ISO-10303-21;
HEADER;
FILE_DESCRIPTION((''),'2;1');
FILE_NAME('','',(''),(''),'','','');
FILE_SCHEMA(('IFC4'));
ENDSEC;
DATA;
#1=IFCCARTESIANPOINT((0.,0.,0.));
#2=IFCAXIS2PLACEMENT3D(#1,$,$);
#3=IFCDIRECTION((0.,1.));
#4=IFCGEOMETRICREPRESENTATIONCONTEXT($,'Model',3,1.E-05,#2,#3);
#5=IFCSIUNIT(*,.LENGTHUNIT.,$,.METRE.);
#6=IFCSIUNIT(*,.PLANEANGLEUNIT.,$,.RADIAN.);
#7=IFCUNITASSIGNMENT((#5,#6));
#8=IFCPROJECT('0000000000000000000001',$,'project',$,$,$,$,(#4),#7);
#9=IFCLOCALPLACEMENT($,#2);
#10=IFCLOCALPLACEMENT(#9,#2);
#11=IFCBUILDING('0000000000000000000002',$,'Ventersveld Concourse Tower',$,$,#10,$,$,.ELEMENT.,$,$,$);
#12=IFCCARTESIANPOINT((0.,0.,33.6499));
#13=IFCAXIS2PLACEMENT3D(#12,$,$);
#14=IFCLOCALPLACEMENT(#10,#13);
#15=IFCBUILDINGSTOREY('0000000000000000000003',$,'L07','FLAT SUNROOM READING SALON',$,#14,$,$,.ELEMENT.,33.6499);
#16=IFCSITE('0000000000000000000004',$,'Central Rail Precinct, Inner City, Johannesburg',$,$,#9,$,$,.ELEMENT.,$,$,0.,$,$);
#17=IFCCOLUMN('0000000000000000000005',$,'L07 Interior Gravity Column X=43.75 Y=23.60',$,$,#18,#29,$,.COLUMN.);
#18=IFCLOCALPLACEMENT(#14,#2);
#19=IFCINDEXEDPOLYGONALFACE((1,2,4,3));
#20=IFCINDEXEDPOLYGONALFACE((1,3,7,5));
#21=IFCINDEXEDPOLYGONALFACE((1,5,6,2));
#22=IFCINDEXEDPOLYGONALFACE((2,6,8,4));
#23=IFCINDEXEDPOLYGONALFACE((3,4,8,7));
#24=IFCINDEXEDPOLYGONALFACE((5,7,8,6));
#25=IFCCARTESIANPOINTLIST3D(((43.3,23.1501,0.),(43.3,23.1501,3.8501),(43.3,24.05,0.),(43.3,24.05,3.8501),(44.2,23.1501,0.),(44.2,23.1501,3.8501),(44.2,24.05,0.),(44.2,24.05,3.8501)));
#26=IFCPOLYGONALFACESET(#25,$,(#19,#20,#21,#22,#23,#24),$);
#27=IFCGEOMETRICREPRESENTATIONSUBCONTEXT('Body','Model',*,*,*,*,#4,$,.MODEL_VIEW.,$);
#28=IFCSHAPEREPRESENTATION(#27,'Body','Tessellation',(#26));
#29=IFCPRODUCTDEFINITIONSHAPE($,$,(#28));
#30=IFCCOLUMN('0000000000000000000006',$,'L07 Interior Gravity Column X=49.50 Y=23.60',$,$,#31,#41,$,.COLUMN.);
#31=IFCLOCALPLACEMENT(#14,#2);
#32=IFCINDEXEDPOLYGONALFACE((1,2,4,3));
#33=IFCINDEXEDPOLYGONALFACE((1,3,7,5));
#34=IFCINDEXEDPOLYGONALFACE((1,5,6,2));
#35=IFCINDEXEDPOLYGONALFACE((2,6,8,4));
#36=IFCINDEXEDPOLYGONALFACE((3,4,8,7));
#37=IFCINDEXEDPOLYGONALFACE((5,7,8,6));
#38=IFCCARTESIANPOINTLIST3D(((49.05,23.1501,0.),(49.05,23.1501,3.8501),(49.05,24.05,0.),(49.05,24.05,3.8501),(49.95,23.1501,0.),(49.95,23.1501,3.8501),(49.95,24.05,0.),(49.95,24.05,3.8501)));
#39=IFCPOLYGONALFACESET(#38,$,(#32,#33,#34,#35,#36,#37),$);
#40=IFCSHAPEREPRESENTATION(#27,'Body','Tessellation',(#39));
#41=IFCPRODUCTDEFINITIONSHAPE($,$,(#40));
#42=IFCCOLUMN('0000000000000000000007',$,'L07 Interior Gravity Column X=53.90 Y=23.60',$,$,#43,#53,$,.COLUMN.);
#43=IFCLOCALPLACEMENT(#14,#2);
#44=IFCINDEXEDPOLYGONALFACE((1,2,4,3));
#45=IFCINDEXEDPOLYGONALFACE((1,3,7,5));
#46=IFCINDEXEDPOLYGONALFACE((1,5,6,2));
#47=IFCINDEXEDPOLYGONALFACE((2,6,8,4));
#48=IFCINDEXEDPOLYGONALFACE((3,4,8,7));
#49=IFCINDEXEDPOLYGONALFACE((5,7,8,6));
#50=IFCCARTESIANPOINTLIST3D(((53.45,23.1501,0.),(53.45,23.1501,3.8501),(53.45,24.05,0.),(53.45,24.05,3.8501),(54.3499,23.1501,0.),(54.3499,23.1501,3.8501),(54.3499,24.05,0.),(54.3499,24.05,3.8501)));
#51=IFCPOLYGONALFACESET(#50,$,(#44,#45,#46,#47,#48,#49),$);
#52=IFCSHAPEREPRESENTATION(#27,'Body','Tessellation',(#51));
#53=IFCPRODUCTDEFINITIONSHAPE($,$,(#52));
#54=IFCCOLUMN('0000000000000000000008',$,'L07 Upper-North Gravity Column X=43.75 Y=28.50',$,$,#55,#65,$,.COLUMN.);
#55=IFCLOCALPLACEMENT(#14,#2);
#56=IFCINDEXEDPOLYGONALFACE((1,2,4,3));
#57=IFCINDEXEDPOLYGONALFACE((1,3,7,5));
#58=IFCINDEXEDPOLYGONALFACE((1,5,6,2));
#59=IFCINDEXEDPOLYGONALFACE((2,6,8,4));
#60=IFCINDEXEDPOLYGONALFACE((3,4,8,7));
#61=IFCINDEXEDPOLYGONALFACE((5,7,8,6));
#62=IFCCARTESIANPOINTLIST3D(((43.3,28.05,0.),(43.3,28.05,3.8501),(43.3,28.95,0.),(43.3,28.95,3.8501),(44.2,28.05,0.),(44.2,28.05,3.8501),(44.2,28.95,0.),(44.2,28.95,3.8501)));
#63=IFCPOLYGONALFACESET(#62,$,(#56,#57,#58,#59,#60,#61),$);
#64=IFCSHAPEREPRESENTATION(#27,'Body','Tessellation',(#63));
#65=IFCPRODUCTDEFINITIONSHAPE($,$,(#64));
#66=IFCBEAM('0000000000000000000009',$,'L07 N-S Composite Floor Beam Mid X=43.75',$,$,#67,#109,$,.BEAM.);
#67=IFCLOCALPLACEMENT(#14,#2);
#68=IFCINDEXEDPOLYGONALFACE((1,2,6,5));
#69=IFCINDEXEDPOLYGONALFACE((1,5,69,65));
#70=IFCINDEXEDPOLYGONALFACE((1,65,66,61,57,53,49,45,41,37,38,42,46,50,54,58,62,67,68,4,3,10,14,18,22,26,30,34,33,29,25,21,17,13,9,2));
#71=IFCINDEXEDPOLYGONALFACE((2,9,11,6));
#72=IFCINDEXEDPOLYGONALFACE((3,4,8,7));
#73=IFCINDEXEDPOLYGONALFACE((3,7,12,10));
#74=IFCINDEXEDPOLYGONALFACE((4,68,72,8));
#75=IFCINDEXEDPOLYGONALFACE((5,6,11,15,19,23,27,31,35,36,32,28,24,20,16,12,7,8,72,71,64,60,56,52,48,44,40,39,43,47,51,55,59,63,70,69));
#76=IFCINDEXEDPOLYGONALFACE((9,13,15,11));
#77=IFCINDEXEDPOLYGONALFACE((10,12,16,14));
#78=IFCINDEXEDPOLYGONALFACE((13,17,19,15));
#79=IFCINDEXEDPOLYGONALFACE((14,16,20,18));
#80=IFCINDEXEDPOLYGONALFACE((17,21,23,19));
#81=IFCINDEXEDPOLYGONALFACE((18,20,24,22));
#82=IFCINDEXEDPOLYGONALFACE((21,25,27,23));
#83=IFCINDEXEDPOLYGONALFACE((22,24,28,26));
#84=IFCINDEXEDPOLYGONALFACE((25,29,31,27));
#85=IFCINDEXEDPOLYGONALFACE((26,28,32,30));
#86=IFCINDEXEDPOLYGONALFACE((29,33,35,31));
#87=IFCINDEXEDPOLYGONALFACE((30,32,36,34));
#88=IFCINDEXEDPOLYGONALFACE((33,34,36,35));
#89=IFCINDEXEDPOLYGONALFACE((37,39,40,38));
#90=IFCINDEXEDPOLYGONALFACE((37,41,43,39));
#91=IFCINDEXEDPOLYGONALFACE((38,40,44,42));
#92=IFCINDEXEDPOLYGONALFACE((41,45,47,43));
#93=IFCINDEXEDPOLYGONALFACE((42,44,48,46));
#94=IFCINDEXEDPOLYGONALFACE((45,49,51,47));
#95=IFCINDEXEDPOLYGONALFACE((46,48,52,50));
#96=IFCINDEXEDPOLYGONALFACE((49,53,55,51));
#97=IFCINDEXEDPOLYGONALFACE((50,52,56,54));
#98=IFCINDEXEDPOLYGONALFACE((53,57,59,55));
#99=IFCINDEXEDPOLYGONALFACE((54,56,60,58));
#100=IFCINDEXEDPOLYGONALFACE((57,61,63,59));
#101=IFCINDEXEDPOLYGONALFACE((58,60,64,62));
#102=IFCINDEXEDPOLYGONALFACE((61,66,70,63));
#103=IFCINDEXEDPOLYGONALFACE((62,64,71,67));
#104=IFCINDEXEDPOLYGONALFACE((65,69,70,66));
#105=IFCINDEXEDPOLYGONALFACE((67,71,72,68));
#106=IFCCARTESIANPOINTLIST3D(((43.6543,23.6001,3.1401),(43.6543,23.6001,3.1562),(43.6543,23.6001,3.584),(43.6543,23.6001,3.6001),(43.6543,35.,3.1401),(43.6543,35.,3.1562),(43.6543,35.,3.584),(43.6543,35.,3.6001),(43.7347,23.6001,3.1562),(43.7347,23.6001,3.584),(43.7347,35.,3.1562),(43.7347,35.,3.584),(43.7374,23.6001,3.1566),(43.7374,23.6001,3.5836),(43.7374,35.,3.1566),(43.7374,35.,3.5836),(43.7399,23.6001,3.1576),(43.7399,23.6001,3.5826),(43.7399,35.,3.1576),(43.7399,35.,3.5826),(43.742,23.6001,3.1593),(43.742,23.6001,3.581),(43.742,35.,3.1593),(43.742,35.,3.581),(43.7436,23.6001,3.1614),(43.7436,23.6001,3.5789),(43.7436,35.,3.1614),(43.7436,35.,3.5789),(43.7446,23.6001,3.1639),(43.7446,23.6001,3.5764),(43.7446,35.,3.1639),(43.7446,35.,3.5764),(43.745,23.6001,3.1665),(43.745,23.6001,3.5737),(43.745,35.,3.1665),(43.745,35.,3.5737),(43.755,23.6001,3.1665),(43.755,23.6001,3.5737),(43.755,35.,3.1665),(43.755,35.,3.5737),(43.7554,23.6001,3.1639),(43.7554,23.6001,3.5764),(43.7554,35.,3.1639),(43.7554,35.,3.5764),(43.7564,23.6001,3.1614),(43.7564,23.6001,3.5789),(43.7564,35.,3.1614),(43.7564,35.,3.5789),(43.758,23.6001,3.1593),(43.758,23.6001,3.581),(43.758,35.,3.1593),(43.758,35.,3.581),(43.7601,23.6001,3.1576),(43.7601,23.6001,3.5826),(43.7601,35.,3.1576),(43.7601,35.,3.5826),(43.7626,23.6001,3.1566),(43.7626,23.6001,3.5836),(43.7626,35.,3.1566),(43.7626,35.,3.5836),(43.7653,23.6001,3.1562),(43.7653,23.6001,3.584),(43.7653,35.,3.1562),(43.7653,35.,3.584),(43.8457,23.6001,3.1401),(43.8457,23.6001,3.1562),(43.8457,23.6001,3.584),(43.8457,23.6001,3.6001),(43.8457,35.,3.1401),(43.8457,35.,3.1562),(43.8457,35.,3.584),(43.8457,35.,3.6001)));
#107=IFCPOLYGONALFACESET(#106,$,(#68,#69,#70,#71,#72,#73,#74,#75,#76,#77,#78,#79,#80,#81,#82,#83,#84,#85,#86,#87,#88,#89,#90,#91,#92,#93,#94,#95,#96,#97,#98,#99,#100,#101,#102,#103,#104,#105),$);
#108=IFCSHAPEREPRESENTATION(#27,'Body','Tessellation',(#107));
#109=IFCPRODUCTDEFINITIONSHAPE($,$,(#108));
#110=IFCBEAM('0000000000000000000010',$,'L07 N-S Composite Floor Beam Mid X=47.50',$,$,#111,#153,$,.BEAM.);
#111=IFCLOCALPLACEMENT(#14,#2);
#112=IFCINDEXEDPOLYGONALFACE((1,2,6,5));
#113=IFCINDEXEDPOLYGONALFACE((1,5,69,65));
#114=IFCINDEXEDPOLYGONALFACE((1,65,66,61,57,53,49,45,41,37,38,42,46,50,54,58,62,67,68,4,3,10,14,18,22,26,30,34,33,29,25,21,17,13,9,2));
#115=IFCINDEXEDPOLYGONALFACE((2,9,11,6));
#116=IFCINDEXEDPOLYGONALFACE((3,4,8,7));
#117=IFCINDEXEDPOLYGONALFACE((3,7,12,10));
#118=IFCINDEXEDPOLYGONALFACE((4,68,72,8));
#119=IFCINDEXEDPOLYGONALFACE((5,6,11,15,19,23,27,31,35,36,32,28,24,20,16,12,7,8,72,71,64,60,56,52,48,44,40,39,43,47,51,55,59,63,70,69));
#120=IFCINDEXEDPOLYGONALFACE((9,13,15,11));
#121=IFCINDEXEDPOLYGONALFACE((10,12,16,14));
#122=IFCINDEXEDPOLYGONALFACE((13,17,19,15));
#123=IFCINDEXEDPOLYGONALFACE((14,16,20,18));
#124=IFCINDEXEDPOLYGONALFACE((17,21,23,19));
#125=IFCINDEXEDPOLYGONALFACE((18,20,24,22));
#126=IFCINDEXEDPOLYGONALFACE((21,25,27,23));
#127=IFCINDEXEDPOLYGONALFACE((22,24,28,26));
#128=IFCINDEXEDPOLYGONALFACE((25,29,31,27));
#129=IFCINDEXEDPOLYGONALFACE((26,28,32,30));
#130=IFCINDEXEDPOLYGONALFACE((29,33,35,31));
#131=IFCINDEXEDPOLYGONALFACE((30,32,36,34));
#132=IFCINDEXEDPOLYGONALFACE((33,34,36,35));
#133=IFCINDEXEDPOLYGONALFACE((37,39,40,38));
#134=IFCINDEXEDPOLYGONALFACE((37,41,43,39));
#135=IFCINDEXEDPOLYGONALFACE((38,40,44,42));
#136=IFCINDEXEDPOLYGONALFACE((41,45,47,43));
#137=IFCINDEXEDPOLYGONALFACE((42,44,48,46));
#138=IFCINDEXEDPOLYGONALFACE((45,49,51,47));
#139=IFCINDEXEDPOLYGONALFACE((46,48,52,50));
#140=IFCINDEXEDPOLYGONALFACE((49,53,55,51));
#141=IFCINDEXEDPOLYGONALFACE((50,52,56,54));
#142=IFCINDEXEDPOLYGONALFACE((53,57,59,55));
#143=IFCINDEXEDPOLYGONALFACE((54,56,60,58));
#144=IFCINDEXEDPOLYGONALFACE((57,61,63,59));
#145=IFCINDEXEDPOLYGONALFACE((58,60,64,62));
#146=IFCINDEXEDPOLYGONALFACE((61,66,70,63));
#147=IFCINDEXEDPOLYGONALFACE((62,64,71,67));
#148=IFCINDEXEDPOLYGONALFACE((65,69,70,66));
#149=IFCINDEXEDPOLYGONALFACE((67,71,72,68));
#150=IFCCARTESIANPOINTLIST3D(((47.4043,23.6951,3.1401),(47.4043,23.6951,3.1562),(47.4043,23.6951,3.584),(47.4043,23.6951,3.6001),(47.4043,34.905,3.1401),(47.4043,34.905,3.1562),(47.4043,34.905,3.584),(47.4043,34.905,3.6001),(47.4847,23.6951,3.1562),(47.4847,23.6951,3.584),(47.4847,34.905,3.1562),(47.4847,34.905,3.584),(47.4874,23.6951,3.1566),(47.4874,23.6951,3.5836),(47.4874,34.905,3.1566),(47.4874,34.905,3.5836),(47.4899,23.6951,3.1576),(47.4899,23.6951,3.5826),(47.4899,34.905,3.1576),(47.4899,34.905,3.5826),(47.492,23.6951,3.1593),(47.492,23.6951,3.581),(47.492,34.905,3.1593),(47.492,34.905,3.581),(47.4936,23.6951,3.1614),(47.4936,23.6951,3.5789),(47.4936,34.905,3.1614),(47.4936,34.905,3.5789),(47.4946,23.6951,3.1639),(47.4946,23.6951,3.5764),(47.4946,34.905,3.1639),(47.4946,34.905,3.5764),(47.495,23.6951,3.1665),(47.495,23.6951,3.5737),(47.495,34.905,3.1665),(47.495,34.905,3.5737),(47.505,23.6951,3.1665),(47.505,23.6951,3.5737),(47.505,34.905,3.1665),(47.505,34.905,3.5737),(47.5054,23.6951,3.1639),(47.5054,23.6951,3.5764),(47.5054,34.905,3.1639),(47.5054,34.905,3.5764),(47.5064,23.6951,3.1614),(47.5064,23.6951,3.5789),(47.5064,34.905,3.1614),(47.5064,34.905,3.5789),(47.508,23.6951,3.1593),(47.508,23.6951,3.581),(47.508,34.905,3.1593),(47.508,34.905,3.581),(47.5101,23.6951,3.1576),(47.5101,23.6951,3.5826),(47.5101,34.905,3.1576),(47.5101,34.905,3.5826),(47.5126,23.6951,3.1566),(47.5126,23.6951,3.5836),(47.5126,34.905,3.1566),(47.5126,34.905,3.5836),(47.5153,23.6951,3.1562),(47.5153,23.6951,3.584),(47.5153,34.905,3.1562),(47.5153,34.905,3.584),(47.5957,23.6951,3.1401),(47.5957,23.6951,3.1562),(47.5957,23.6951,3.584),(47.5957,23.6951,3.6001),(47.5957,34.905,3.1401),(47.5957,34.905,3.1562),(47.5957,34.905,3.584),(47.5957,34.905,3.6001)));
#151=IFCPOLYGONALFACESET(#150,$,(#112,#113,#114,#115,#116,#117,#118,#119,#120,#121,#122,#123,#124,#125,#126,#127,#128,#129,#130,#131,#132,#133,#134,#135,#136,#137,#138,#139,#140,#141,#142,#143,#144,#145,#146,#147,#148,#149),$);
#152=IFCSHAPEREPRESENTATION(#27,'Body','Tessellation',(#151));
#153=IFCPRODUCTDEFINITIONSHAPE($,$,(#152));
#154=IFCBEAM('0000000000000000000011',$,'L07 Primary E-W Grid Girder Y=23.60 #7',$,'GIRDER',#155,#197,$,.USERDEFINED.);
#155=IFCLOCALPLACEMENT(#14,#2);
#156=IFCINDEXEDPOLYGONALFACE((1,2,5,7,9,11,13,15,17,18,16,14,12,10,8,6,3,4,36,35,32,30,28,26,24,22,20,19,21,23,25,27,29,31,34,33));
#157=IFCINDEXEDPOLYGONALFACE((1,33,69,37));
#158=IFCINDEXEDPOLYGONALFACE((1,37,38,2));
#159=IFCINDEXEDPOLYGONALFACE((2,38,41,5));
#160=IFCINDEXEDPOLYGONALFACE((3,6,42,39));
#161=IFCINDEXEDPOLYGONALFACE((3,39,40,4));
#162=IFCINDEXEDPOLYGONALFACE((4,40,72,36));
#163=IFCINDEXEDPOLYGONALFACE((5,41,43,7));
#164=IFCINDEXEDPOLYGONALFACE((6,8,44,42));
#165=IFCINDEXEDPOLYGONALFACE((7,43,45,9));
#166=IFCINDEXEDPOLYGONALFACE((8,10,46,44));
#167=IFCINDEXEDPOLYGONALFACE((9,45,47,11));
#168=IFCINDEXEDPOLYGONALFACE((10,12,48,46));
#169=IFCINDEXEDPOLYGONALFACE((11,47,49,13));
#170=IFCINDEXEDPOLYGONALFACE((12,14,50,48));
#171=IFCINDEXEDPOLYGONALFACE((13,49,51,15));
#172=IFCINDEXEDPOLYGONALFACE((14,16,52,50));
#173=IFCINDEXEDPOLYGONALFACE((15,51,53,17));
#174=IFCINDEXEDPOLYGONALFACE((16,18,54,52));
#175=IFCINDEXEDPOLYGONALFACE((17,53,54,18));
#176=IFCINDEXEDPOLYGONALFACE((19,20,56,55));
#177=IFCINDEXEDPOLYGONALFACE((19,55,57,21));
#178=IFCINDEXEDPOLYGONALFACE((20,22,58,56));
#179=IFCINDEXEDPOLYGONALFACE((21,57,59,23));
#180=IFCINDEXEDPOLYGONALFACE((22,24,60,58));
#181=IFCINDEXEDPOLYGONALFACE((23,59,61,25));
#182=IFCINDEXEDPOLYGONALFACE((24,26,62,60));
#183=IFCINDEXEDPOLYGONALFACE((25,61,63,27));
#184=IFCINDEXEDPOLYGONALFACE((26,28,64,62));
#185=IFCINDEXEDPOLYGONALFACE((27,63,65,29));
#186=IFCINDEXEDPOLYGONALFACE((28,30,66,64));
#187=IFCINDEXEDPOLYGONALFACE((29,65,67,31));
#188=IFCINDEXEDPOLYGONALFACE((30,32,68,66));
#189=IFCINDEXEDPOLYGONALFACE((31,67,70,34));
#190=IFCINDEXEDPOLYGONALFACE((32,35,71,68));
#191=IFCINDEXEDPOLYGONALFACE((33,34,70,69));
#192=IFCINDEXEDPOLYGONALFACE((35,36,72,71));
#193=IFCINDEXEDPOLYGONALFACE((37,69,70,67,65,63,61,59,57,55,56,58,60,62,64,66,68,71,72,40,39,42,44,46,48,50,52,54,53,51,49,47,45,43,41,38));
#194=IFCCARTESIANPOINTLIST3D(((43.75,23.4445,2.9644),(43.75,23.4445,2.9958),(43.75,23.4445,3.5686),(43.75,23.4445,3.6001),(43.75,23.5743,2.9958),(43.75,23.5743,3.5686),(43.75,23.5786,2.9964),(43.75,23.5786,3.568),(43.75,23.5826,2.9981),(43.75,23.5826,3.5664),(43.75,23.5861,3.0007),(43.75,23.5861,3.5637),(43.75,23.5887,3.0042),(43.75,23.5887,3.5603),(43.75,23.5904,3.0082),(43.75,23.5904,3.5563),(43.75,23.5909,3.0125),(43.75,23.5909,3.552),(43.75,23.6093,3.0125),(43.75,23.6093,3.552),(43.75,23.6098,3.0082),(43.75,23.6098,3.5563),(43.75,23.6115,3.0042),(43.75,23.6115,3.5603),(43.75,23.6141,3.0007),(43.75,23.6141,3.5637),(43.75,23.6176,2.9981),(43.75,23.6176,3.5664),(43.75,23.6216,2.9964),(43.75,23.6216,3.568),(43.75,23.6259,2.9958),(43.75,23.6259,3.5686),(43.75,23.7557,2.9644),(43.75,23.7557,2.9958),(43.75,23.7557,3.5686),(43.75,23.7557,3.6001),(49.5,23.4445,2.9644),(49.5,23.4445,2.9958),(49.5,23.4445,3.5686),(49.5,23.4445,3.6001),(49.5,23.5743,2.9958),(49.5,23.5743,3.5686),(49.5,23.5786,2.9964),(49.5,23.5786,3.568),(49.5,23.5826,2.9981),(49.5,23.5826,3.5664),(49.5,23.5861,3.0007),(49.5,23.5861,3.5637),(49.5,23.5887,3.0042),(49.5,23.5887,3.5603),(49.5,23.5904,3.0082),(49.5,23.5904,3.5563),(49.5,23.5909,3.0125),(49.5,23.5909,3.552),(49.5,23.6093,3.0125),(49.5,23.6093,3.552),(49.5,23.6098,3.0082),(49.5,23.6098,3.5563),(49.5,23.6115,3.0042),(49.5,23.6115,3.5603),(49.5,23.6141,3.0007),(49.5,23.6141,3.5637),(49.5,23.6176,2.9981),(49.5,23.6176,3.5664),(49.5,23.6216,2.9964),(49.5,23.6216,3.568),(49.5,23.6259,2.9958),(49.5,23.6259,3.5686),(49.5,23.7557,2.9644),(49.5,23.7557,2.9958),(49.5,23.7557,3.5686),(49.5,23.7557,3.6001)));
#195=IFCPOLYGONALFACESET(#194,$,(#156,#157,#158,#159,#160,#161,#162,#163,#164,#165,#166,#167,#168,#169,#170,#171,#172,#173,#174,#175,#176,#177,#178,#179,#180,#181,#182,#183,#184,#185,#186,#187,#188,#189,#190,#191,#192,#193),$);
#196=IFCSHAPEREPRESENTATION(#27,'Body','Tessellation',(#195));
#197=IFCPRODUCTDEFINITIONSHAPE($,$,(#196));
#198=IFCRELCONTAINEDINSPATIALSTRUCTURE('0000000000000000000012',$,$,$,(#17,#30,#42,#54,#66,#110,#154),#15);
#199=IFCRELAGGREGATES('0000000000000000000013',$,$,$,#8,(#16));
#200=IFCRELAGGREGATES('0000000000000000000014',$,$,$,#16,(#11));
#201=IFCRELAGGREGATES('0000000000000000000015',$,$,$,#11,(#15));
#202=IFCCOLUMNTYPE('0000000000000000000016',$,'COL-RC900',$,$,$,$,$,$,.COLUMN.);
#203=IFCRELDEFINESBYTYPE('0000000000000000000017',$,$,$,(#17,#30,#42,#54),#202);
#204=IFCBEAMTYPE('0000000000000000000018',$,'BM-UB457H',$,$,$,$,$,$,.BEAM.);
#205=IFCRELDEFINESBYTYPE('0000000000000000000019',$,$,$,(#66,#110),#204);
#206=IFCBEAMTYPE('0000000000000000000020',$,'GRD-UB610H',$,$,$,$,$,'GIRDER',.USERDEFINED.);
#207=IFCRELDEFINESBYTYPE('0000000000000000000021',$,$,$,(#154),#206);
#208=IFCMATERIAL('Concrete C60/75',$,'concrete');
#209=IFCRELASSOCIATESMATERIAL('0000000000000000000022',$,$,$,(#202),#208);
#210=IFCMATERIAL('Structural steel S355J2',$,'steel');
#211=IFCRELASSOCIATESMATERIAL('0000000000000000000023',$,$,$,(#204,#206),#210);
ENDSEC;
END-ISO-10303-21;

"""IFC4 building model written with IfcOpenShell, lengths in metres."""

from ifc_helpers import new_model, si_unit, direction, frame, origin, origin_2d, place, context, subcontext, project, spatial, rectangle, i_section, extrude, material, material_profile, profile_set, type_object, element, save


model = new_model("IFC4")

# Units and contexts
model_context = context("Model", 3, precision=1e-05, world=origin(), true_north=direction((0.0, 1.0)))
body_context = subcontext(model_context, "Body", "Model", "MODEL_VIEW")
ifc_project = project(units=[si_unit("LENGTHUNIT", "METRE"), si_unit("PLANEANGLEUNIT", "RADIAN")], contexts=[model_context])

# Site, building, storey
site_placement = place(None, origin())
site = spatial("IfcSite", under=ifc_project, at=site_placement, Name="Central Rail Precinct, Inner City, Johannesburg", CompositionType="ELEMENT", RefElevation=0.0)
building_placement = place(site_placement, origin())
building = spatial("IfcBuilding", under=site, at=building_placement, Name="Ventersveld Concourse Tower", CompositionType="ELEMENT")
storey_placement = place(building_placement, frame((0.0, 0.0, 33.6499)))
storey = spatial("IfcBuildingStorey", under=building, at=storey_placement, Name="L07", Description="FLAT SUNROOM READING SALON", CompositionType="ELEMENT", Elevation=33.6499)

# Columns
ifc_material_1 = material(Name="Concrete C60/75", Category="concrete")
ifc_material_profile_1 = material_profile(ifc_material_1, rectangle(XDim=0.8999, YDim=0.8999, at=origin_2d()), Name="RC 900x900")
ifc_profile_set_1 = profile_set([ifc_material_profile_1], Name="Concrete C60/75")
column_type = type_object("IfcColumnType", Name="COL-RC900", PredefinedType="COLUMN", material=ifc_profile_set_1)
for number, where, z_axis, x_axis, name in (
    (1, (43.75, 23.6001, 0.0), (0.0, 0.0, 1.0), (1.0, 0.0, 0.0), "L07 Interior Gravity Column X=43.75 Y=23.60"),
    (2, (49.5, 23.6001, 0.0), (0.0, 0.0, 1.0), (1.0, 0.0, 0.0), "L07 Interior Gravity Column X=49.50 Y=23.60"),
    (3, (53.8999, 23.6001, 0.0), (0.0, 0.0, 1.0), (1.0, 0.0, 0.0), "L07 Interior Gravity Column X=53.90 Y=23.60"),
    (4, (43.75, 28.5, 0.0), (0.0, 0.0, 1.0), (1.0, 0.0, 0.0), "L07 Upper-North Gravity Column X=43.75 Y=28.50"),
):
    element("IfcColumn", number, at=place(storey_placement, frame(where, z_axis=z_axis, x_axis=x_axis)), inside=storey, type_object=column_type, Name=name, PredefinedType="COLUMN", context=body_context, shape_type="SweptSolid", body=[
        extrude(rectangle(XDim=0.8999, YDim=0.8999, at=origin_2d()), origin(), (0.0, 0.0, 1.0), 3.8501),
    ])

# Beams
ifc_material_2 = material(Name="Structural steel S355J2", Category="steel")
ifc_material_profile_2 = material_profile(ifc_material_2, i_section(OverallWidth=0.1914, OverallDepth=0.46, WebThickness=0.01, FlangeThickness=0.0161, FilletRadius=0.0103, at=origin_2d()), Name="UB 457x191x82")
ifc_profile_set_2 = profile_set([ifc_material_profile_2], Name="Structural steel S355J2")
beam_type_1 = type_object("IfcBeamType", Name="BM-UB457H", PredefinedType="BEAM", material=ifc_profile_set_2)
beam_1_placement = place(storey_placement, frame((43.75, 23.6001, 3.3701), z_axis=(0.0, 1.0, 0.0), x_axis=(-1.0, 0.0, 0.0)))
element("IfcBeam", 5, at=beam_1_placement, inside=storey, type_object=beam_type_1, Name="L07 N-S Composite Floor Beam Mid X=43.75", PredefinedType="BEAM", context=body_context, shape_type="SweptSolid", body=[
    extrude(i_section(OverallWidth=0.1914, OverallDepth=0.46, WebThickness=0.01, FlangeThickness=0.0161, FilletRadius=0.0103, at=origin_2d()), origin(), (0.0, 0.0, 1.0), 11.3999),
])
beam_2_placement = place(storey_placement, frame((47.5, 23.6951, 3.3701), z_axis=(0.0, 1.0, 0.0), x_axis=(-1.0, 0.0, 0.0)))
element("IfcBeam", 6, at=beam_2_placement, inside=storey, type_object=beam_type_1, Name="L07 N-S Composite Floor Beam Mid X=47.50", PredefinedType="BEAM", context=body_context, shape_type="SweptSolid", body=[
    extrude(i_section(OverallWidth=0.1914, OverallDepth=0.46, WebThickness=0.01, FlangeThickness=0.0161, FilletRadius=0.0103, at=origin_2d()), origin(), (0.0, 0.0, 1.0), 11.21),
])
ifc_material_profile_3 = material_profile(ifc_material_2, i_section(OverallWidth=0.3113, OverallDepth=0.6357, WebThickness=0.0183, FlangeThickness=0.0315, FilletRadius=0.0166, at=origin_2d()), Name="UB 610x305x238")
ifc_profile_set_3 = profile_set([ifc_material_profile_3], Name="Structural steel S355J2")
beam_type_2 = type_object("IfcBeamType", Name="GRD-UB610H", ElementType="GIRDER", PredefinedType="USERDEFINED", material=ifc_profile_set_3)
beam_3_placement = place(storey_placement, frame((43.75, 23.6001, 3.2822), z_axis=(1.0, 0.0, 0.0), x_axis=(0.0, 1.0, 0.0)))
element("IfcBeam", 7, at=beam_3_placement, inside=storey, type_object=beam_type_2, Name="L07 Primary E-W Grid Girder Y=23.60 #7", ObjectType="GIRDER", PredefinedType="USERDEFINED", context=body_context, shape_type="SweptSolid", body=[
    extrude(i_section(OverallWidth=0.3113, OverallDepth=0.6357, WebThickness=0.0183, FlangeThickness=0.0315, FilletRadius=0.0166, at=origin_2d()), origin(), (0.0, 0.0, 1.0), 5.75),
])

save(model, "model.ifc")
